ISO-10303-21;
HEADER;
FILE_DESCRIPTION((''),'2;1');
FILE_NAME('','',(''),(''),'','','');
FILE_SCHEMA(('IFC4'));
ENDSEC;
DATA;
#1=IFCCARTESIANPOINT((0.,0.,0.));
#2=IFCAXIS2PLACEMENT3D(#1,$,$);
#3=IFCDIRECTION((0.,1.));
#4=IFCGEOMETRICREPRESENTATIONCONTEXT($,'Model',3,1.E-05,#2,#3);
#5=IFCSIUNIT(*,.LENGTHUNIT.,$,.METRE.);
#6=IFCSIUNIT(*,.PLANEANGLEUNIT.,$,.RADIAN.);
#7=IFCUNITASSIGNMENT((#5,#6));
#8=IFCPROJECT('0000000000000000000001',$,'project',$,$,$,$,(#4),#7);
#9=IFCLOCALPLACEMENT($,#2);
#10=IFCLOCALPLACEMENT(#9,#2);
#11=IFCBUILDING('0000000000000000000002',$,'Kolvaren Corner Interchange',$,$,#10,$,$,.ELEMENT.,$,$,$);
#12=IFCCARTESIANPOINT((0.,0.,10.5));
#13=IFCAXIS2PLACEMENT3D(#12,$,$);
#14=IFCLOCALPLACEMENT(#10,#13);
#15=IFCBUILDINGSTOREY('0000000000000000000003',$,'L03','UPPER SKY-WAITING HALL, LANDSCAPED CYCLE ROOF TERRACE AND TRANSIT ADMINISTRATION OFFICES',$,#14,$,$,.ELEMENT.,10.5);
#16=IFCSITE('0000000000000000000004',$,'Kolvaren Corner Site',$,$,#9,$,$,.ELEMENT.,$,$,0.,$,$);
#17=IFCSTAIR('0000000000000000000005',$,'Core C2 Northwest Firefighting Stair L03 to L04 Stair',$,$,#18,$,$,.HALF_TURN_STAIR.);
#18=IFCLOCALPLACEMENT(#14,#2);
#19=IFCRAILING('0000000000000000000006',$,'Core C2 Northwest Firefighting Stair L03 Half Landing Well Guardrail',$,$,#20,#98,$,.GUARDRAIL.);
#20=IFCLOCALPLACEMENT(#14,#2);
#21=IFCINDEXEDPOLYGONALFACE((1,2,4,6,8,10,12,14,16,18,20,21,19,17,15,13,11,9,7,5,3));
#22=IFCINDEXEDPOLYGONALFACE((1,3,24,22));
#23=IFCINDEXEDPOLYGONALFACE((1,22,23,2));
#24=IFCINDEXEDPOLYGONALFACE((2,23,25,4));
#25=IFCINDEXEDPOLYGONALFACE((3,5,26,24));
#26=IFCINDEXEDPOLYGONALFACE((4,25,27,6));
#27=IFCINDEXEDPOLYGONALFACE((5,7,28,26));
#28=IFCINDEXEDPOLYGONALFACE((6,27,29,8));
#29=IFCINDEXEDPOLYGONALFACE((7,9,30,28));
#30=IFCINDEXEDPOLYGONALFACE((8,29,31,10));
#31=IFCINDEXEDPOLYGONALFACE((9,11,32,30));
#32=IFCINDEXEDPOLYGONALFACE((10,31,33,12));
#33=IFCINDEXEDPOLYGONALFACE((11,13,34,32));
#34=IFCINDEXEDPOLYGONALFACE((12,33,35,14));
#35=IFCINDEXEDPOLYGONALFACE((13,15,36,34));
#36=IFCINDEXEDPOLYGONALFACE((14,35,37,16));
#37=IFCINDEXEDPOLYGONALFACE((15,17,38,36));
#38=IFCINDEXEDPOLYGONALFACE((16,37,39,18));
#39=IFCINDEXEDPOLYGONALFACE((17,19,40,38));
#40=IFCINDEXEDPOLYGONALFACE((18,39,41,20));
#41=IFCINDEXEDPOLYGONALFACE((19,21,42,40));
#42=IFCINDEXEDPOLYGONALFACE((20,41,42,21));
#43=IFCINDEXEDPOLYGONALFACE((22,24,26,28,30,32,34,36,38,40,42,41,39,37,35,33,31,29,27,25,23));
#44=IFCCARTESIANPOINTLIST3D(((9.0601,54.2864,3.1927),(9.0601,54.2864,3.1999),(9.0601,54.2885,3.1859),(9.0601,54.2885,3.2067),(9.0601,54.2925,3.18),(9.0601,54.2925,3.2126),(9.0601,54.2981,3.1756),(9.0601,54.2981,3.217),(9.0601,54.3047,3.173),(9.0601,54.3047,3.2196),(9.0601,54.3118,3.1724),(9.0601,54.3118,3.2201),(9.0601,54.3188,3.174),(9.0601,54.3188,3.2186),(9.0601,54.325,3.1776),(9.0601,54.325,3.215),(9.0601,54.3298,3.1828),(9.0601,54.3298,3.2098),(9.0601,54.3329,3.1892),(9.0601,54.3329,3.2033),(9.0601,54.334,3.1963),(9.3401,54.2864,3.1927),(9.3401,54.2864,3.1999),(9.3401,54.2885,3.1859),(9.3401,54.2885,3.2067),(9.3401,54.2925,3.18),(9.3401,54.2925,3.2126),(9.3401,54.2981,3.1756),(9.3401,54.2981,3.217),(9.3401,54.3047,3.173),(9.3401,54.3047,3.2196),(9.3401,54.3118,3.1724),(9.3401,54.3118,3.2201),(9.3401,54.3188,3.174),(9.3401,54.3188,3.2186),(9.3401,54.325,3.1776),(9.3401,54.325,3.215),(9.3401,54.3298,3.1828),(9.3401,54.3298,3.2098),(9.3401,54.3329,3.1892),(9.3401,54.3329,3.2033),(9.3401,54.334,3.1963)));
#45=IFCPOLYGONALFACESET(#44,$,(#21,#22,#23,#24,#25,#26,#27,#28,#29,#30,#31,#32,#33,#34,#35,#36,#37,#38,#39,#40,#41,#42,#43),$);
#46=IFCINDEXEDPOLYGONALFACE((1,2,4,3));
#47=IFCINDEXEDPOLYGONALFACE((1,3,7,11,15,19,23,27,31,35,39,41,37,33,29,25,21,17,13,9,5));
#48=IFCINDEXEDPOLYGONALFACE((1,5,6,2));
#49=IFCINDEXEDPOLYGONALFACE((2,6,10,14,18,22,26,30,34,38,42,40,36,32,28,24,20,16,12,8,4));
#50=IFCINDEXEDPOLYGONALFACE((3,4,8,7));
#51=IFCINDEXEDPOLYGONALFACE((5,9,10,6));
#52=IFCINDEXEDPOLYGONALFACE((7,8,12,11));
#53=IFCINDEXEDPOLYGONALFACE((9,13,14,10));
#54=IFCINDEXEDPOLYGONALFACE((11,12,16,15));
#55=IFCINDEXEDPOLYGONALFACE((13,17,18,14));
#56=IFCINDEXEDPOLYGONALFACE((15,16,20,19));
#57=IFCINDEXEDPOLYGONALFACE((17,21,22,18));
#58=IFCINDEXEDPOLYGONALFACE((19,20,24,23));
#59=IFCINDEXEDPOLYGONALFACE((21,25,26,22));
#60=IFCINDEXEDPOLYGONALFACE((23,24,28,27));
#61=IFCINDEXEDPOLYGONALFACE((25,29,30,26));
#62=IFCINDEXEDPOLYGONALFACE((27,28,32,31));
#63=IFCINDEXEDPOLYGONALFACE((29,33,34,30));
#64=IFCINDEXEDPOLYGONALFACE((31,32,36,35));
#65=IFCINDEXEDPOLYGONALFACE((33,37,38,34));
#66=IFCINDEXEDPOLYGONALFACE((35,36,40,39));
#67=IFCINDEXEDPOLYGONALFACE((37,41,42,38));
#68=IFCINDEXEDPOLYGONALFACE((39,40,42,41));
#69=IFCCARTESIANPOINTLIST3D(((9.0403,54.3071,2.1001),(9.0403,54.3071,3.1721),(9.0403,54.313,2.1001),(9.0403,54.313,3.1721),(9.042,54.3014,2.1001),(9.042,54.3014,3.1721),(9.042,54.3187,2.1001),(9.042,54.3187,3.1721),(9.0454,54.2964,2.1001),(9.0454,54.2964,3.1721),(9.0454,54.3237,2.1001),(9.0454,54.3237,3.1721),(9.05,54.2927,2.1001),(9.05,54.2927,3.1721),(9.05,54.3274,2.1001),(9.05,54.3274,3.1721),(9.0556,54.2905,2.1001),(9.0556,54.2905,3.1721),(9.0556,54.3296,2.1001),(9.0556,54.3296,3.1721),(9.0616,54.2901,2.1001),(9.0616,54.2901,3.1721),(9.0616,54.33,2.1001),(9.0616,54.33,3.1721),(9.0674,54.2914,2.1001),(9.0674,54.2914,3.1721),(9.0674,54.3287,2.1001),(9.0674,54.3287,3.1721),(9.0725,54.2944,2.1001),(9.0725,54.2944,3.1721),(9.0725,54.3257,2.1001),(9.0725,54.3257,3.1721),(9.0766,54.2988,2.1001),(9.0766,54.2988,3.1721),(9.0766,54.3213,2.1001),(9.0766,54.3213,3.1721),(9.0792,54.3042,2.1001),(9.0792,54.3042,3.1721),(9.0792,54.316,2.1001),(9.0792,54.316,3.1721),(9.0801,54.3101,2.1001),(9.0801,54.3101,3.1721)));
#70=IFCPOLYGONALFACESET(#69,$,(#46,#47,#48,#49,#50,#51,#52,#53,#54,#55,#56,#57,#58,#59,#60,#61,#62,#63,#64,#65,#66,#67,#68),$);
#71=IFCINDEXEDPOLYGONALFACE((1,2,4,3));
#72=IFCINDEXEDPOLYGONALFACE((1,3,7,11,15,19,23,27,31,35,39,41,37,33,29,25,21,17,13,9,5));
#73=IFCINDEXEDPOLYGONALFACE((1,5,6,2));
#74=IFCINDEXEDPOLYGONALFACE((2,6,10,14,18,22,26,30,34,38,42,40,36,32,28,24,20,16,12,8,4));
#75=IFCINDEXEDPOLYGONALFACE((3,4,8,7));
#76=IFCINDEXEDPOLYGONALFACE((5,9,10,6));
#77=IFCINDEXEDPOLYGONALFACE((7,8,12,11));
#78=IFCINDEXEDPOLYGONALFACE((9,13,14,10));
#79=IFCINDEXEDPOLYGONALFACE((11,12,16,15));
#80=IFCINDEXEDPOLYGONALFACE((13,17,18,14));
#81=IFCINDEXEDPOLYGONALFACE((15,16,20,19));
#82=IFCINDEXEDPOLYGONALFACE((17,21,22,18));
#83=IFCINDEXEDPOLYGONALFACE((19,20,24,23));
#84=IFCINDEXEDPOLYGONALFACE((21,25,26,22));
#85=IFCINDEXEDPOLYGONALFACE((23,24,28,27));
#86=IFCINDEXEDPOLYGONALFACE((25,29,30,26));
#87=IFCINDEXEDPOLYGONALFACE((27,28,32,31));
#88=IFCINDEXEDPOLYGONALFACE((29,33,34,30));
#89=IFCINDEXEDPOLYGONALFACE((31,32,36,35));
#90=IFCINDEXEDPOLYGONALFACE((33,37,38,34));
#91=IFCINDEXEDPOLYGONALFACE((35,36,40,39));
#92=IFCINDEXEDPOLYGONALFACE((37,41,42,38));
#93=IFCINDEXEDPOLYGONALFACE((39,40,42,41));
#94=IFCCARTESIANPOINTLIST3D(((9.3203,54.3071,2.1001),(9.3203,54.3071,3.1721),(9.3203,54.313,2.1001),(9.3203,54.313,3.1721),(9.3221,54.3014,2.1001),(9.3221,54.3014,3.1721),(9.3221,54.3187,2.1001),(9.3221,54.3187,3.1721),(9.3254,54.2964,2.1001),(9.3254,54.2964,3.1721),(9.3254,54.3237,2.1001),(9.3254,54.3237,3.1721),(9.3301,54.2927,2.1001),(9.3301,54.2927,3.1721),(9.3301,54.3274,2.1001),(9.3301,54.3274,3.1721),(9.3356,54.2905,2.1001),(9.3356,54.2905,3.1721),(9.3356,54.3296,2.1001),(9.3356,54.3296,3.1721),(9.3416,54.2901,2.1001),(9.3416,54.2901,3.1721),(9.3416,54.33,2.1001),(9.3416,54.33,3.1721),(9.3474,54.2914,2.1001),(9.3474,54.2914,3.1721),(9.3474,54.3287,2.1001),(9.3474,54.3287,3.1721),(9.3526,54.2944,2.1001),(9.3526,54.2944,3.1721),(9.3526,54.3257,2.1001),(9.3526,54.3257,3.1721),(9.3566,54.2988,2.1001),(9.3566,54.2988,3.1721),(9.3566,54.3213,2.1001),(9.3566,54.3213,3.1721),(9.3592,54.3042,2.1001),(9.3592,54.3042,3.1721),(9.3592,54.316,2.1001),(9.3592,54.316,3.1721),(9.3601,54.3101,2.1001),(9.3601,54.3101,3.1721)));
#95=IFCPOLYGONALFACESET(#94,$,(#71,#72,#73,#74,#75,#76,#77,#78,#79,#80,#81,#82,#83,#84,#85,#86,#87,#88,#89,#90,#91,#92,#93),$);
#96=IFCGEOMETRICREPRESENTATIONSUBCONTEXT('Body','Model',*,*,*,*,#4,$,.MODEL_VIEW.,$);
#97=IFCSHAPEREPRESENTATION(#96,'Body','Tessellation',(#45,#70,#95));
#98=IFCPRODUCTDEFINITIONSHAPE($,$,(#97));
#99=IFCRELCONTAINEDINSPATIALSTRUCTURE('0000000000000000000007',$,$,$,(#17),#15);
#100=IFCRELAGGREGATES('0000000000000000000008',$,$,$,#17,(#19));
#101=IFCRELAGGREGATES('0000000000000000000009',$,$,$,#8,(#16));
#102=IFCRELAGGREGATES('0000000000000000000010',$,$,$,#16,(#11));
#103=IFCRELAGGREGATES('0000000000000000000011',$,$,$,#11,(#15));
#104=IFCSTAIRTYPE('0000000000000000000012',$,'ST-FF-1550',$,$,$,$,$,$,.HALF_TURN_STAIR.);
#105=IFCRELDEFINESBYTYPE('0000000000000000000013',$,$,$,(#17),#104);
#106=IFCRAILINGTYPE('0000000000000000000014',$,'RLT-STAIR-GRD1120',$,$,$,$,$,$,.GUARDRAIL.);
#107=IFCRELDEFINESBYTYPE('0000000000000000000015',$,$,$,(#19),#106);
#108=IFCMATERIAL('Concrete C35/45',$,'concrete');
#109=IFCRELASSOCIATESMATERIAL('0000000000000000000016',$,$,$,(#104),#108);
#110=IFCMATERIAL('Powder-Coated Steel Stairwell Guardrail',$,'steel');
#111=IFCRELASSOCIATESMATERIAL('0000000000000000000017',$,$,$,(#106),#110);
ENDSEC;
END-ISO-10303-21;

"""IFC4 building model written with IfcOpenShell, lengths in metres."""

from ifc_helpers import new_model, si_unit, direction, frame, origin, origin_2d, place, context, subcontext, project, spatial, circle, extrude, material, type_object, element, aggregate, save


model = new_model("IFC4")

# Units and contexts
model_context = context("Model", 3, precision=1e-05, world=origin(), true_north=direction((0.0, 1.0)))
body_context = subcontext(model_context, "Body", "Model", "MODEL_VIEW")
ifc_project = project(units=[si_unit("LENGTHUNIT", "METRE"), si_unit("PLANEANGLEUNIT", "RADIAN")], contexts=[model_context])

# Site, building, storey
site_placement = place(None, origin())
site = spatial("IfcSite", under=ifc_project, at=site_placement, Name="Kolvaren Corner Site", CompositionType="ELEMENT", RefElevation=0.0)
building_placement = place(site_placement, origin())
building = spatial("IfcBuilding", under=site, at=building_placement, Name="Kolvaren Corner Interchange", CompositionType="ELEMENT")
storey_placement = place(building_placement, frame((0.0, 0.0, 10.5)))
storey = spatial("IfcBuildingStorey", under=building, at=storey_placement, Name="L03", Description="UPPER SKY-WAITING HALL, LANDSCAPED CYCLE ROOF TERRACE AND TRANSIT ADMINISTRATION OFFICES", CompositionType="ELEMENT", Elevation=10.5)

# Stair
ifc_material_1 = material(Name="Concrete C35/45", Category="concrete")
stair_type = type_object("IfcStairType", Name="ST-FF-1550", PredefinedType="HALF_TURN_STAIR", material=ifc_material_1)
stair_placement = place(storey_placement, origin())
stair = element("IfcStair", 1, at=stair_placement, inside=storey, type_object=stair_type, Name="Core C2 Northwest Firefighting Stair L03 to L04 Stair", PredefinedType="HALF_TURN_STAIR")

# Railing
ifc_material_2 = material(Name="Powder-Coated Steel Stairwell Guardrail", Category="steel")
railing_type_1 = type_object("IfcRailingType", Name="RLT-STAIR-GRD1120", PredefinedType="GUARDRAIL", material=ifc_material_2)
railing_1_placement = place(storey_placement, frame((9.0601, 54.3101, 2.1001)))
railing_1 = element("IfcRailing", 2, at=railing_1_placement, type_object=railing_type_1, Name="Core C2 Northwest Firefighting Stair L03 Half Landing Well Guardrail", PredefinedType="GUARDRAIL", context=body_context, shape_type="SweptSolid", body=[
    extrude(circle(Radius=0.0239, at=origin_2d()), frame((0.0, 0.0, 1.0962), z_axis=(1.0, 0.0, 0.0), x_axis=(0.0, 1.0, 0.0)), (0.0, 0.0, 1.0), 0.28),
    extrude(circle(Radius=0.02, at=origin_2d()), origin(), (0.0, 0.0, 1.0), 1.072),
    extrude(circle(Radius=0.02, at=origin_2d()), frame((0.28, 0.0, 0.0)), (0.0, 0.0, 1.0), 1.072),
])
aggregate(stair, [railing_1])

save(model, "model.ifc")
